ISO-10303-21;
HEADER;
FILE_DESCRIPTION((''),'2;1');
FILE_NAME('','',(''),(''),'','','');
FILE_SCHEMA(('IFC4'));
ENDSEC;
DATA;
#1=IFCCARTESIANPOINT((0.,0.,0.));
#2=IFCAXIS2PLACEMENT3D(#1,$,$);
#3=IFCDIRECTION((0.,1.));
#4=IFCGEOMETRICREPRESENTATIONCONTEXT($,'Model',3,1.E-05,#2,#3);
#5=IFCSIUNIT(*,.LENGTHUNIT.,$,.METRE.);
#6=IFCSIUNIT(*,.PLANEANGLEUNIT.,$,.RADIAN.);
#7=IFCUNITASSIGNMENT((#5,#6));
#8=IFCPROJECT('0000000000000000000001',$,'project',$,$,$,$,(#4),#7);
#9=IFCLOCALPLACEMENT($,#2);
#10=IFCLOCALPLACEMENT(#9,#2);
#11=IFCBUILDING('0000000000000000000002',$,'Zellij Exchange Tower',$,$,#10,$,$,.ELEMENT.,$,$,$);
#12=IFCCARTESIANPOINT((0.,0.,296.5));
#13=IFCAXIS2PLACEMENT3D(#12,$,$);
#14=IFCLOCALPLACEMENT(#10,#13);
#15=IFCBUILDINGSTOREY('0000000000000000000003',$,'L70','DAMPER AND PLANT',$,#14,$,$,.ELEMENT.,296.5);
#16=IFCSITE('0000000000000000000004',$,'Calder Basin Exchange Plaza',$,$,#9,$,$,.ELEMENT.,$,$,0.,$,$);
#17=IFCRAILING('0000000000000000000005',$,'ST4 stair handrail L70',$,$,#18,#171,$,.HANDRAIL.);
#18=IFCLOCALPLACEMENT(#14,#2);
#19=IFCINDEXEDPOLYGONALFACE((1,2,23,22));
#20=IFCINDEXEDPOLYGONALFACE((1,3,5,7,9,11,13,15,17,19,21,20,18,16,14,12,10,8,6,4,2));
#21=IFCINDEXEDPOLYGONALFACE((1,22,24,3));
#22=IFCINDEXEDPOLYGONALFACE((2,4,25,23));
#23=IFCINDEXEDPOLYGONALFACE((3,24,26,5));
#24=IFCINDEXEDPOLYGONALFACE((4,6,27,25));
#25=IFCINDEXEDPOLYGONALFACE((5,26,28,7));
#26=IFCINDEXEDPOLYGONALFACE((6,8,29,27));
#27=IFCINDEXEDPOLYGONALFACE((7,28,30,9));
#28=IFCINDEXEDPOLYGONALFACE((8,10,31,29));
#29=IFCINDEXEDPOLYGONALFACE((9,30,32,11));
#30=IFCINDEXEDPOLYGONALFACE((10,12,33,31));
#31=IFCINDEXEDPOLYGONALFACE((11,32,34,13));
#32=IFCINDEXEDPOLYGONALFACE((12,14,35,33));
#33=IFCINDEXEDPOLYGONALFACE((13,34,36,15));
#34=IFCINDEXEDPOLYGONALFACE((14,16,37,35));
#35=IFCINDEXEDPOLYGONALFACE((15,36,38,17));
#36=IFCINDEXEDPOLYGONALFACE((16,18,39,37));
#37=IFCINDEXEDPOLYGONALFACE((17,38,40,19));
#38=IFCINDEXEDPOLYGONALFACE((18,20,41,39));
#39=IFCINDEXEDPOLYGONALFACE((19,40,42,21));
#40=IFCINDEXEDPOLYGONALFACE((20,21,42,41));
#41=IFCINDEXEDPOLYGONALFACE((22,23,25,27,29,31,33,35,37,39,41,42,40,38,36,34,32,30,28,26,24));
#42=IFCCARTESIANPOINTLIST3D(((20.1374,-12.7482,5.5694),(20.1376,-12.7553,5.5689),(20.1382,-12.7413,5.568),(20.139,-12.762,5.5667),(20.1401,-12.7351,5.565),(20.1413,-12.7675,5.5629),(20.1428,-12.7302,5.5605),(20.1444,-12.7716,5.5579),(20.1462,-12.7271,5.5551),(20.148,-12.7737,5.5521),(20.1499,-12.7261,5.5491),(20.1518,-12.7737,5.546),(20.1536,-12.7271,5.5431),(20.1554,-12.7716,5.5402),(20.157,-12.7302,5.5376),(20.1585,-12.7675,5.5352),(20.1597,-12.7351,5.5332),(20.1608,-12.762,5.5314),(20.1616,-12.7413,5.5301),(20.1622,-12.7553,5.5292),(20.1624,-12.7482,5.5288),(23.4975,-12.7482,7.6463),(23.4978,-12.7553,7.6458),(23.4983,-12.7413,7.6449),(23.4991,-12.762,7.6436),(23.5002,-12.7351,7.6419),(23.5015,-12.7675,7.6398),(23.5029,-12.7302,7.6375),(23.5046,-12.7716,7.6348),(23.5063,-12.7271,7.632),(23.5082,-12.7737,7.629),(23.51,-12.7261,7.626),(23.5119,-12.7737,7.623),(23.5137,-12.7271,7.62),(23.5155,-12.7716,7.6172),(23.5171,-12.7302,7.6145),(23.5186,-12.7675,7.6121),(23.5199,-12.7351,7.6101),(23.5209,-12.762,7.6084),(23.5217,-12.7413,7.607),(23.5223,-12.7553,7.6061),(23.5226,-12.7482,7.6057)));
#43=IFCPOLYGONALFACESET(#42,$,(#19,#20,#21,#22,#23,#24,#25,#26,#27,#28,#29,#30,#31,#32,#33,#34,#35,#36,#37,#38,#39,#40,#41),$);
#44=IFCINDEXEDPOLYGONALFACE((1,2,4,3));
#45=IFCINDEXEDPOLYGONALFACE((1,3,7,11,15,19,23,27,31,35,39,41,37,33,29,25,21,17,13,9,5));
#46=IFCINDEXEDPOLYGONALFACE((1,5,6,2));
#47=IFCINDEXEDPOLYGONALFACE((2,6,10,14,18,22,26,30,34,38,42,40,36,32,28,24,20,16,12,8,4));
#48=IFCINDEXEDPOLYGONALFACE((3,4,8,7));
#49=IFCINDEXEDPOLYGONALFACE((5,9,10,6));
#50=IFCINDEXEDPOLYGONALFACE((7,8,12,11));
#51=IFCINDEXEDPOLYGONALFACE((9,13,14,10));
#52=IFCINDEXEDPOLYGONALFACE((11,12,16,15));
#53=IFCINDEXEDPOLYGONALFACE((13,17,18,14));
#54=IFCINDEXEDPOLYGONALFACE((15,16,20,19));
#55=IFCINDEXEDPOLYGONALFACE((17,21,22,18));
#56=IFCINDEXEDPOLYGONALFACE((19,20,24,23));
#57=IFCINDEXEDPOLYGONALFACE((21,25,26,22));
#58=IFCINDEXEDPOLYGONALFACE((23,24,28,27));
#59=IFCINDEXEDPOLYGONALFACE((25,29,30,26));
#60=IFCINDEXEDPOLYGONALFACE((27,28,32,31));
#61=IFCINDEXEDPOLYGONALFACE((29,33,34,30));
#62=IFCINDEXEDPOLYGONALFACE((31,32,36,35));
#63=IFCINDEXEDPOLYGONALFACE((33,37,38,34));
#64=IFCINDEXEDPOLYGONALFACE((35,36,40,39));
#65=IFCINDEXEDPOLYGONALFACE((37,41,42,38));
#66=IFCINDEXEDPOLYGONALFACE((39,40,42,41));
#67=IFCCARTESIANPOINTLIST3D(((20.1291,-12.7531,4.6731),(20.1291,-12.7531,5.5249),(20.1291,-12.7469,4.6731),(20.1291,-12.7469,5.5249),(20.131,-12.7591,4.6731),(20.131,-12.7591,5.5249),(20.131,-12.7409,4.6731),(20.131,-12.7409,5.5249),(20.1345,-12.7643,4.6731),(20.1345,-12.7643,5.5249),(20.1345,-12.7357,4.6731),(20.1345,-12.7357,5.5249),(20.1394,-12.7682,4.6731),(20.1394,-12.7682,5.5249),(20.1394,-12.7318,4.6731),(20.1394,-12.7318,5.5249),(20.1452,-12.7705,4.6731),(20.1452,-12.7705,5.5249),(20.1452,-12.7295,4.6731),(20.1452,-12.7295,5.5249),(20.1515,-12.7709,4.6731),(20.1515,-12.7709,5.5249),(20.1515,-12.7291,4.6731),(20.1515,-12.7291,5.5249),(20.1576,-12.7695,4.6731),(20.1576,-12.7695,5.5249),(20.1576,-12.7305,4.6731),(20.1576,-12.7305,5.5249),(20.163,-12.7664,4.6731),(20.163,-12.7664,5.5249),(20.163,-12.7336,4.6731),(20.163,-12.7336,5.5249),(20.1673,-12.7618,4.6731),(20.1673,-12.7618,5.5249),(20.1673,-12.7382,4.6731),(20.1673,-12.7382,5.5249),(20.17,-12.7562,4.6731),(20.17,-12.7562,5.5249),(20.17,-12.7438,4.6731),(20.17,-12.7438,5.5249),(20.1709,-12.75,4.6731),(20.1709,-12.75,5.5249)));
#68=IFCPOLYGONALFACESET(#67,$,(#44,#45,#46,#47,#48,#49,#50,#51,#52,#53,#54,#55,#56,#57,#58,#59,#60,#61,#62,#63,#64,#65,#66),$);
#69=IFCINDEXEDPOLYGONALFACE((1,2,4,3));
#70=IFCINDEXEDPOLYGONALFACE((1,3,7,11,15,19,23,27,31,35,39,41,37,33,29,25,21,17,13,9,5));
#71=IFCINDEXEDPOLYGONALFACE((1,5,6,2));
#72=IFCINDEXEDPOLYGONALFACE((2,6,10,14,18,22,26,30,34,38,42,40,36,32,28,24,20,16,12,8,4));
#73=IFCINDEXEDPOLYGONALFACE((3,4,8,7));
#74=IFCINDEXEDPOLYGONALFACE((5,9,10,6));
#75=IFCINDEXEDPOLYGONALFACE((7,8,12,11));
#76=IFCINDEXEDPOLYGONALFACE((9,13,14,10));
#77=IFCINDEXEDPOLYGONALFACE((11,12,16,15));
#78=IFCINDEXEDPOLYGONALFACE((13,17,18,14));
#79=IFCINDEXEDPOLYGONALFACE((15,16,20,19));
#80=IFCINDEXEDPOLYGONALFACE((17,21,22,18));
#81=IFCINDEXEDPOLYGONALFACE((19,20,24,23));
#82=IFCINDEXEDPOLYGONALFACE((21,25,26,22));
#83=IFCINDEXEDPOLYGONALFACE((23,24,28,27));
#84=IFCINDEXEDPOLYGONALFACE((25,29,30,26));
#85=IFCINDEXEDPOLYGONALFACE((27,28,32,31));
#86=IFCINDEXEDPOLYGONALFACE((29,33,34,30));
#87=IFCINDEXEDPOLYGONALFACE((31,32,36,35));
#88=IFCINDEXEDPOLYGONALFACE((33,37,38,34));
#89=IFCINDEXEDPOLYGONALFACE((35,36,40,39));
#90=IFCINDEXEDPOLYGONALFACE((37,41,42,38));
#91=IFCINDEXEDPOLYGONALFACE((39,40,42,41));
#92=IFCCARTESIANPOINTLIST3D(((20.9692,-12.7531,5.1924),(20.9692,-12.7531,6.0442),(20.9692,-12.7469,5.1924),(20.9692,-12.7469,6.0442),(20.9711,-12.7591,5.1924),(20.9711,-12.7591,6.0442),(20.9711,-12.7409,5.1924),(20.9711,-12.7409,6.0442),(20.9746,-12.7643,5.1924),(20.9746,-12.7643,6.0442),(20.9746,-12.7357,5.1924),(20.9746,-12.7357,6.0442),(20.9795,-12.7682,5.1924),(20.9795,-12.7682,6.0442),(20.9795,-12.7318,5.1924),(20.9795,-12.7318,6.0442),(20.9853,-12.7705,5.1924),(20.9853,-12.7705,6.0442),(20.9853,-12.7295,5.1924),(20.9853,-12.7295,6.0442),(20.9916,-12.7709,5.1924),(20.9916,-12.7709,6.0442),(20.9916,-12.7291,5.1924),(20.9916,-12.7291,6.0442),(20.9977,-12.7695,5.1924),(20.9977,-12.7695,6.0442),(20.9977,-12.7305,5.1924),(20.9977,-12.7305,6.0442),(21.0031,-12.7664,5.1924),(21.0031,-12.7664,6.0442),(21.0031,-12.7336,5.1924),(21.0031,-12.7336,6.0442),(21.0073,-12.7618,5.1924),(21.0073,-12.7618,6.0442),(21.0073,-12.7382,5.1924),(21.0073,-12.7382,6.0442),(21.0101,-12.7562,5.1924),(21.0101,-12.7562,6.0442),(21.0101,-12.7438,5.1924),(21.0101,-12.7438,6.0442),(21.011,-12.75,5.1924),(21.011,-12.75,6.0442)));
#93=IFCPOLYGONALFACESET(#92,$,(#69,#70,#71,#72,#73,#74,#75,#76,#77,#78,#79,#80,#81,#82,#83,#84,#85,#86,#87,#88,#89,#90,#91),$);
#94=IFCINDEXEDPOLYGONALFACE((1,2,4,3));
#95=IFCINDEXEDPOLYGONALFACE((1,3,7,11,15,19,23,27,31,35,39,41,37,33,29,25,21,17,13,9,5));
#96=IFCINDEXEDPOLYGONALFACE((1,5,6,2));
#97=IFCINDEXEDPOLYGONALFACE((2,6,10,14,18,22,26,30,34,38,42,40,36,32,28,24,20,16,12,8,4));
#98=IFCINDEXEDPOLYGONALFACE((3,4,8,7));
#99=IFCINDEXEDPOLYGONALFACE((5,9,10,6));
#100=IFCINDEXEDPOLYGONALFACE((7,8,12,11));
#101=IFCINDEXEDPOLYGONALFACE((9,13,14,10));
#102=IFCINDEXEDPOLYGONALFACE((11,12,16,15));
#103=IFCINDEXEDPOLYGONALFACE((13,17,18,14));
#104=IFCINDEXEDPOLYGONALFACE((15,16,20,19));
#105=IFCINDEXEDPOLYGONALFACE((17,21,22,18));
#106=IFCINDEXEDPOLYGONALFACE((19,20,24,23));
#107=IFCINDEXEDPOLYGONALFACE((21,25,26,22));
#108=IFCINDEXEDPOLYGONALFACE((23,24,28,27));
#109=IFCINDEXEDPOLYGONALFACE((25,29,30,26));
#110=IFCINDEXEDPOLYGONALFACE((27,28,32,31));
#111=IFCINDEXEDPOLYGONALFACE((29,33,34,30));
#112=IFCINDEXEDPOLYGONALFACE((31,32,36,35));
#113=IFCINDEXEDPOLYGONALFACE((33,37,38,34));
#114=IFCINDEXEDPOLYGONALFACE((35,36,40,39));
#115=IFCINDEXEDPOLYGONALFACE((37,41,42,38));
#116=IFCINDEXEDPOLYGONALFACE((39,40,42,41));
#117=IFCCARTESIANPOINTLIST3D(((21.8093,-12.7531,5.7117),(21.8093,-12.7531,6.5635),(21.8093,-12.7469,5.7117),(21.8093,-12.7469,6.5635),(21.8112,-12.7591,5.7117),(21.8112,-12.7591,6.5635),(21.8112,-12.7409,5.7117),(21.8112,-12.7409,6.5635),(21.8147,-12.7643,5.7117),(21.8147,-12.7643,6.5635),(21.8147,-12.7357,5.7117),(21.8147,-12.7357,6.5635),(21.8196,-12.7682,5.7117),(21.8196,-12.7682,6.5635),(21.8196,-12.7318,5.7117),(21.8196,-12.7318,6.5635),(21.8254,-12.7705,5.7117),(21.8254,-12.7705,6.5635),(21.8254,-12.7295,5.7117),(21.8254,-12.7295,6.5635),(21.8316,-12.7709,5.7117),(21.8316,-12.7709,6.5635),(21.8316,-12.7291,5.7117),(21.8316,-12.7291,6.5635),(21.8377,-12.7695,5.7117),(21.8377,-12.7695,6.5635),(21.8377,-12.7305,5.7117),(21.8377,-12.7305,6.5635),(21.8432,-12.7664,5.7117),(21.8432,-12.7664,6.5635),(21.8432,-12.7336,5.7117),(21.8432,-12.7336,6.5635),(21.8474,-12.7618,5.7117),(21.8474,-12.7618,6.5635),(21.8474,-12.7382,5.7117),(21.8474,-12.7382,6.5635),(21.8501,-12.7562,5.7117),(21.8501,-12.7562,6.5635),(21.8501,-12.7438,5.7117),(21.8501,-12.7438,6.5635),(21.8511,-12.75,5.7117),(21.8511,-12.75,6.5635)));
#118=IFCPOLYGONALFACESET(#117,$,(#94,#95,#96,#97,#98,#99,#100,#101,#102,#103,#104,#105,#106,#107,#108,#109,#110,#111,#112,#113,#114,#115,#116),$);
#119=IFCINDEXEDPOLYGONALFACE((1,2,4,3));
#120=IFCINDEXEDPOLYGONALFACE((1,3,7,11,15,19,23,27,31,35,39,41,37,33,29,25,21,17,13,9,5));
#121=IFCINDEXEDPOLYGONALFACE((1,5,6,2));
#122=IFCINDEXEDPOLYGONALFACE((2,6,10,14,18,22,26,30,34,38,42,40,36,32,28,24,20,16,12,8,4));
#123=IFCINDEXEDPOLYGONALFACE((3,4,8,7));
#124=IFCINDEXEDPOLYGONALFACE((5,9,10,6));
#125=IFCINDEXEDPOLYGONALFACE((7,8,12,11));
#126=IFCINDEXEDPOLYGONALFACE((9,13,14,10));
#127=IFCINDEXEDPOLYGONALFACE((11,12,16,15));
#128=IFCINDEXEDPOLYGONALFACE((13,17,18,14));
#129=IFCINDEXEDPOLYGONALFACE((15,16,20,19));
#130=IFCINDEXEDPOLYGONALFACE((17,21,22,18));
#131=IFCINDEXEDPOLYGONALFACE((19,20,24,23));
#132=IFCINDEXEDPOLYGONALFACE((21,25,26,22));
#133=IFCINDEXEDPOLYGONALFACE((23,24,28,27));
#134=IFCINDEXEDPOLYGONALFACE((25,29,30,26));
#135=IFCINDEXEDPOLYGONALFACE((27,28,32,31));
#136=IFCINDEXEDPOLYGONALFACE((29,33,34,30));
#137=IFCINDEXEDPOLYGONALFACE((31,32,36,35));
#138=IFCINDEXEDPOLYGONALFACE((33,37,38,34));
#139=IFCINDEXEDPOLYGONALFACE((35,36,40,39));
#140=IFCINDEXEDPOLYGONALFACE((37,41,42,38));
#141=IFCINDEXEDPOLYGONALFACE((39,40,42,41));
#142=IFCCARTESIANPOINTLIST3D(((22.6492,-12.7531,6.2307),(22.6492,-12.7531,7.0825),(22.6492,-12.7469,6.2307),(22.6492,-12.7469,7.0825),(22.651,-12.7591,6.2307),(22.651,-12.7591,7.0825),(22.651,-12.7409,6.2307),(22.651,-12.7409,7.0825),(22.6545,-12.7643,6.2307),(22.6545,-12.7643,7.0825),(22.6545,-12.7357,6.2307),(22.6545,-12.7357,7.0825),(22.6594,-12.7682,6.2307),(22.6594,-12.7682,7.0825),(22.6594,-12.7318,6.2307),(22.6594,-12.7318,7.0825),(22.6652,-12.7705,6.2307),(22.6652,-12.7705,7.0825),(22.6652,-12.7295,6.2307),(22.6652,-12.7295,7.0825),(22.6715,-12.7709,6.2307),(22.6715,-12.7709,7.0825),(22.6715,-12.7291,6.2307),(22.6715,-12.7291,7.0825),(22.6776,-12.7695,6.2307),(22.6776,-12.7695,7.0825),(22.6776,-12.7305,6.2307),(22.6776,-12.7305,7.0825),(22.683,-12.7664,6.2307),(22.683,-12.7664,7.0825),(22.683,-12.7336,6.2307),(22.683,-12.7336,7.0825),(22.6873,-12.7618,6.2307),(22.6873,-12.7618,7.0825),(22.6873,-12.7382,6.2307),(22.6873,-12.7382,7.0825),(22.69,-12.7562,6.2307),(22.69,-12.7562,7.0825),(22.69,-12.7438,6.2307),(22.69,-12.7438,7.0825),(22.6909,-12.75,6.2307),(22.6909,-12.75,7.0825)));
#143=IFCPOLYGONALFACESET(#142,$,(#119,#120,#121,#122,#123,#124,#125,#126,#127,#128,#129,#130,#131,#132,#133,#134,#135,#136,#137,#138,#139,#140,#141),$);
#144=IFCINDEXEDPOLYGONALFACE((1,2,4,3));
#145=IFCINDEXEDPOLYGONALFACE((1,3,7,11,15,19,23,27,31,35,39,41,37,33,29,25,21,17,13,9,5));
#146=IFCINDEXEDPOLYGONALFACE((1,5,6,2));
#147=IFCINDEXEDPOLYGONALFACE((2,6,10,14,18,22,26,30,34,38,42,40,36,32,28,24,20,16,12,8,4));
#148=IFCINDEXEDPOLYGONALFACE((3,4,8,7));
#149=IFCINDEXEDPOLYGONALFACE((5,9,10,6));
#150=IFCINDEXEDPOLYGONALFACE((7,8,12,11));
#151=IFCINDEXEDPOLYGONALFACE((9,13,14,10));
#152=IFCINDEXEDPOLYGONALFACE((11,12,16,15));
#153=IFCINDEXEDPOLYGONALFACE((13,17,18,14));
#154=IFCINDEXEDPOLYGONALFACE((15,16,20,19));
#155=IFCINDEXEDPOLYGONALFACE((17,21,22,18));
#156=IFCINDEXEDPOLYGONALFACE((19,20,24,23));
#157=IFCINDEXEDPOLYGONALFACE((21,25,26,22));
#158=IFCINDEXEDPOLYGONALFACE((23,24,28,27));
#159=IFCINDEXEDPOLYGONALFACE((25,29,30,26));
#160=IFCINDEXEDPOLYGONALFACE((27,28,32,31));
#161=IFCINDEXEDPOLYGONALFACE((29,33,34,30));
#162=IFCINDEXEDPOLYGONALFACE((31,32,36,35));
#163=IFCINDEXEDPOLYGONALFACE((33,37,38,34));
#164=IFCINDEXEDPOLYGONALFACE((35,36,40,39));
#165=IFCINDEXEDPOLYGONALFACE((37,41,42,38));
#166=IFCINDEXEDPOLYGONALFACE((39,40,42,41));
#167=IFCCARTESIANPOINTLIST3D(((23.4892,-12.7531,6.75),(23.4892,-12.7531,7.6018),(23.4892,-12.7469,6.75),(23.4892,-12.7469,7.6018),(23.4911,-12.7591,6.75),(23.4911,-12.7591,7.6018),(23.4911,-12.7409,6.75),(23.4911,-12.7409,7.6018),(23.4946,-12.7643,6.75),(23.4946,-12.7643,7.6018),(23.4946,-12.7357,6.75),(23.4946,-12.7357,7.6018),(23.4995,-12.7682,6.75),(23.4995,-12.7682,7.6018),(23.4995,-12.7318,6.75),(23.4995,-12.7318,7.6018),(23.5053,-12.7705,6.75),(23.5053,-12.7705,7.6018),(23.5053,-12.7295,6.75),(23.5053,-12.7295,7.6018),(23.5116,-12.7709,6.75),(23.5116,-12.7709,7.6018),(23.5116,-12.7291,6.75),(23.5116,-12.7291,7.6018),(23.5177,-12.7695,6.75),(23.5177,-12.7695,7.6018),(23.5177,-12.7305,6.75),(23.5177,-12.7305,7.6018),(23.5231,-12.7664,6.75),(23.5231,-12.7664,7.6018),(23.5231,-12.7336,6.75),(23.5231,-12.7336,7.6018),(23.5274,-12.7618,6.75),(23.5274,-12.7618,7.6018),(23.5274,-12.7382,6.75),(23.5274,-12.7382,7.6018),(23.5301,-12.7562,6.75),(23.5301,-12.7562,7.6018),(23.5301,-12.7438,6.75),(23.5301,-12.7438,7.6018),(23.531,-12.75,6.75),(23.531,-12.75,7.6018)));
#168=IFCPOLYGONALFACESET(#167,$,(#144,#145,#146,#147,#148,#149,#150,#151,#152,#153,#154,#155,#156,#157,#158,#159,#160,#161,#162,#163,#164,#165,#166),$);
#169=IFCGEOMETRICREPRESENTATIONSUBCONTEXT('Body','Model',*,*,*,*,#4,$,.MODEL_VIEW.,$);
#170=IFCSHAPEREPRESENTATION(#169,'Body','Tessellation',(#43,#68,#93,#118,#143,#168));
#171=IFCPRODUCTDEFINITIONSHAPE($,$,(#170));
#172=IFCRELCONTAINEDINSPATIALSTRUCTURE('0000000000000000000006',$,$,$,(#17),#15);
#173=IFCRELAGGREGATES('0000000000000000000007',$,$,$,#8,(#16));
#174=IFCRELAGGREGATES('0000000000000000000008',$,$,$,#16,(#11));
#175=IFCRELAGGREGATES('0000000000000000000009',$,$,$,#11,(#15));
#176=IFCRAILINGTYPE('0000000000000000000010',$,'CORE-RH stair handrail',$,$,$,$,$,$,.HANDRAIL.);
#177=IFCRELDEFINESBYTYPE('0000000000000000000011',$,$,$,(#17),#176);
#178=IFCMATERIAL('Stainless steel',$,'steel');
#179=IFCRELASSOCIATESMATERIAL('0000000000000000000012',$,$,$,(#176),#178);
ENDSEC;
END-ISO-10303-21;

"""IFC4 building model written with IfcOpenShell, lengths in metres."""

from ifc_helpers import new_model, si_unit, direction, frame, origin, origin_2d, place, context, subcontext, project, spatial, circle, extrude, material, type_object, element, save


model = new_model("IFC4")

# Units and contexts
model_context = context("Model", 3, precision=1e-05, world=origin(), true_north=direction((0.0, 1.0)))
body_context = subcontext(model_context, "Body", "Model", "MODEL_VIEW")
ifc_project = project(units=[si_unit("LENGTHUNIT", "METRE"), si_unit("PLANEANGLEUNIT", "RADIAN")], contexts=[model_context])

# Site, building, storey
site_placement = place(None, origin())
site = spatial("IfcSite", under=ifc_project, at=site_placement, Name="Calder Basin Exchange Plaza", CompositionType="ELEMENT", RefElevation=0.0)
building_placement = place(site_placement, origin())
building = spatial("IfcBuilding", under=site, at=building_placement, Name="Zellij Exchange Tower", CompositionType="ELEMENT")
storey_placement = place(building_placement, frame((0.0, 0.0, 296.5)))
storey = spatial("IfcBuildingStorey", under=building, at=storey_placement, Name="L70", Description="DAMPER AND PLANT", CompositionType="ELEMENT", Elevation=296.5)

# Railing
ifc_material_1 = material(Name="Stainless steel", Category="steel")
railing_type_1 = type_object("IfcRailingType", Name="CORE-RH stair handrail", PredefinedType="HANDRAIL", material=ifc_material_1)
railing_1_placement = place(storey_placement, frame((20.1499, -12.75, 4.6731)))
element("IfcRailing", 1, at=railing_1_placement, inside=storey, type_object=railing_type_1, Name="ST4 stair handrail L70", PredefinedType="HANDRAIL", context=body_context, shape_type="SweptSolid", body=[
    extrude(circle(Radius=0.0239, at=origin_2d()), frame((0.0, 0.0, 0.876), z_axis=(0.850623, 0.0, 0.525776), x_axis=(0.0, 1.0, 0.0)), (0.0, 0.0, 1.0), 3.9502),
    extrude(circle(Radius=0.021, at=origin_2d()), origin(), (0.0, 0.0, 1.0), 0.8518),
    extrude(circle(Radius=0.021, at=origin_2d()), frame((0.8401, 0.0, 0.5193)), (0.0, 0.0, 1.0), 0.8518),
    extrude(circle(Radius=0.021, at=origin_2d()), frame((1.6802, 0.0, 1.0386)), (0.0, 0.0, 1.0), 0.8518),
    extrude(circle(Radius=0.021, at=origin_2d()), frame((2.52, 0.0, 1.5576)), (0.0, 0.0, 1.0), 0.8518),
    extrude(circle(Radius=0.021, at=origin_2d()), frame((3.3601, 0.0, 2.0769)), (0.0, 0.0, 1.0), 0.8518),
])

save(model, "model.ifc")
